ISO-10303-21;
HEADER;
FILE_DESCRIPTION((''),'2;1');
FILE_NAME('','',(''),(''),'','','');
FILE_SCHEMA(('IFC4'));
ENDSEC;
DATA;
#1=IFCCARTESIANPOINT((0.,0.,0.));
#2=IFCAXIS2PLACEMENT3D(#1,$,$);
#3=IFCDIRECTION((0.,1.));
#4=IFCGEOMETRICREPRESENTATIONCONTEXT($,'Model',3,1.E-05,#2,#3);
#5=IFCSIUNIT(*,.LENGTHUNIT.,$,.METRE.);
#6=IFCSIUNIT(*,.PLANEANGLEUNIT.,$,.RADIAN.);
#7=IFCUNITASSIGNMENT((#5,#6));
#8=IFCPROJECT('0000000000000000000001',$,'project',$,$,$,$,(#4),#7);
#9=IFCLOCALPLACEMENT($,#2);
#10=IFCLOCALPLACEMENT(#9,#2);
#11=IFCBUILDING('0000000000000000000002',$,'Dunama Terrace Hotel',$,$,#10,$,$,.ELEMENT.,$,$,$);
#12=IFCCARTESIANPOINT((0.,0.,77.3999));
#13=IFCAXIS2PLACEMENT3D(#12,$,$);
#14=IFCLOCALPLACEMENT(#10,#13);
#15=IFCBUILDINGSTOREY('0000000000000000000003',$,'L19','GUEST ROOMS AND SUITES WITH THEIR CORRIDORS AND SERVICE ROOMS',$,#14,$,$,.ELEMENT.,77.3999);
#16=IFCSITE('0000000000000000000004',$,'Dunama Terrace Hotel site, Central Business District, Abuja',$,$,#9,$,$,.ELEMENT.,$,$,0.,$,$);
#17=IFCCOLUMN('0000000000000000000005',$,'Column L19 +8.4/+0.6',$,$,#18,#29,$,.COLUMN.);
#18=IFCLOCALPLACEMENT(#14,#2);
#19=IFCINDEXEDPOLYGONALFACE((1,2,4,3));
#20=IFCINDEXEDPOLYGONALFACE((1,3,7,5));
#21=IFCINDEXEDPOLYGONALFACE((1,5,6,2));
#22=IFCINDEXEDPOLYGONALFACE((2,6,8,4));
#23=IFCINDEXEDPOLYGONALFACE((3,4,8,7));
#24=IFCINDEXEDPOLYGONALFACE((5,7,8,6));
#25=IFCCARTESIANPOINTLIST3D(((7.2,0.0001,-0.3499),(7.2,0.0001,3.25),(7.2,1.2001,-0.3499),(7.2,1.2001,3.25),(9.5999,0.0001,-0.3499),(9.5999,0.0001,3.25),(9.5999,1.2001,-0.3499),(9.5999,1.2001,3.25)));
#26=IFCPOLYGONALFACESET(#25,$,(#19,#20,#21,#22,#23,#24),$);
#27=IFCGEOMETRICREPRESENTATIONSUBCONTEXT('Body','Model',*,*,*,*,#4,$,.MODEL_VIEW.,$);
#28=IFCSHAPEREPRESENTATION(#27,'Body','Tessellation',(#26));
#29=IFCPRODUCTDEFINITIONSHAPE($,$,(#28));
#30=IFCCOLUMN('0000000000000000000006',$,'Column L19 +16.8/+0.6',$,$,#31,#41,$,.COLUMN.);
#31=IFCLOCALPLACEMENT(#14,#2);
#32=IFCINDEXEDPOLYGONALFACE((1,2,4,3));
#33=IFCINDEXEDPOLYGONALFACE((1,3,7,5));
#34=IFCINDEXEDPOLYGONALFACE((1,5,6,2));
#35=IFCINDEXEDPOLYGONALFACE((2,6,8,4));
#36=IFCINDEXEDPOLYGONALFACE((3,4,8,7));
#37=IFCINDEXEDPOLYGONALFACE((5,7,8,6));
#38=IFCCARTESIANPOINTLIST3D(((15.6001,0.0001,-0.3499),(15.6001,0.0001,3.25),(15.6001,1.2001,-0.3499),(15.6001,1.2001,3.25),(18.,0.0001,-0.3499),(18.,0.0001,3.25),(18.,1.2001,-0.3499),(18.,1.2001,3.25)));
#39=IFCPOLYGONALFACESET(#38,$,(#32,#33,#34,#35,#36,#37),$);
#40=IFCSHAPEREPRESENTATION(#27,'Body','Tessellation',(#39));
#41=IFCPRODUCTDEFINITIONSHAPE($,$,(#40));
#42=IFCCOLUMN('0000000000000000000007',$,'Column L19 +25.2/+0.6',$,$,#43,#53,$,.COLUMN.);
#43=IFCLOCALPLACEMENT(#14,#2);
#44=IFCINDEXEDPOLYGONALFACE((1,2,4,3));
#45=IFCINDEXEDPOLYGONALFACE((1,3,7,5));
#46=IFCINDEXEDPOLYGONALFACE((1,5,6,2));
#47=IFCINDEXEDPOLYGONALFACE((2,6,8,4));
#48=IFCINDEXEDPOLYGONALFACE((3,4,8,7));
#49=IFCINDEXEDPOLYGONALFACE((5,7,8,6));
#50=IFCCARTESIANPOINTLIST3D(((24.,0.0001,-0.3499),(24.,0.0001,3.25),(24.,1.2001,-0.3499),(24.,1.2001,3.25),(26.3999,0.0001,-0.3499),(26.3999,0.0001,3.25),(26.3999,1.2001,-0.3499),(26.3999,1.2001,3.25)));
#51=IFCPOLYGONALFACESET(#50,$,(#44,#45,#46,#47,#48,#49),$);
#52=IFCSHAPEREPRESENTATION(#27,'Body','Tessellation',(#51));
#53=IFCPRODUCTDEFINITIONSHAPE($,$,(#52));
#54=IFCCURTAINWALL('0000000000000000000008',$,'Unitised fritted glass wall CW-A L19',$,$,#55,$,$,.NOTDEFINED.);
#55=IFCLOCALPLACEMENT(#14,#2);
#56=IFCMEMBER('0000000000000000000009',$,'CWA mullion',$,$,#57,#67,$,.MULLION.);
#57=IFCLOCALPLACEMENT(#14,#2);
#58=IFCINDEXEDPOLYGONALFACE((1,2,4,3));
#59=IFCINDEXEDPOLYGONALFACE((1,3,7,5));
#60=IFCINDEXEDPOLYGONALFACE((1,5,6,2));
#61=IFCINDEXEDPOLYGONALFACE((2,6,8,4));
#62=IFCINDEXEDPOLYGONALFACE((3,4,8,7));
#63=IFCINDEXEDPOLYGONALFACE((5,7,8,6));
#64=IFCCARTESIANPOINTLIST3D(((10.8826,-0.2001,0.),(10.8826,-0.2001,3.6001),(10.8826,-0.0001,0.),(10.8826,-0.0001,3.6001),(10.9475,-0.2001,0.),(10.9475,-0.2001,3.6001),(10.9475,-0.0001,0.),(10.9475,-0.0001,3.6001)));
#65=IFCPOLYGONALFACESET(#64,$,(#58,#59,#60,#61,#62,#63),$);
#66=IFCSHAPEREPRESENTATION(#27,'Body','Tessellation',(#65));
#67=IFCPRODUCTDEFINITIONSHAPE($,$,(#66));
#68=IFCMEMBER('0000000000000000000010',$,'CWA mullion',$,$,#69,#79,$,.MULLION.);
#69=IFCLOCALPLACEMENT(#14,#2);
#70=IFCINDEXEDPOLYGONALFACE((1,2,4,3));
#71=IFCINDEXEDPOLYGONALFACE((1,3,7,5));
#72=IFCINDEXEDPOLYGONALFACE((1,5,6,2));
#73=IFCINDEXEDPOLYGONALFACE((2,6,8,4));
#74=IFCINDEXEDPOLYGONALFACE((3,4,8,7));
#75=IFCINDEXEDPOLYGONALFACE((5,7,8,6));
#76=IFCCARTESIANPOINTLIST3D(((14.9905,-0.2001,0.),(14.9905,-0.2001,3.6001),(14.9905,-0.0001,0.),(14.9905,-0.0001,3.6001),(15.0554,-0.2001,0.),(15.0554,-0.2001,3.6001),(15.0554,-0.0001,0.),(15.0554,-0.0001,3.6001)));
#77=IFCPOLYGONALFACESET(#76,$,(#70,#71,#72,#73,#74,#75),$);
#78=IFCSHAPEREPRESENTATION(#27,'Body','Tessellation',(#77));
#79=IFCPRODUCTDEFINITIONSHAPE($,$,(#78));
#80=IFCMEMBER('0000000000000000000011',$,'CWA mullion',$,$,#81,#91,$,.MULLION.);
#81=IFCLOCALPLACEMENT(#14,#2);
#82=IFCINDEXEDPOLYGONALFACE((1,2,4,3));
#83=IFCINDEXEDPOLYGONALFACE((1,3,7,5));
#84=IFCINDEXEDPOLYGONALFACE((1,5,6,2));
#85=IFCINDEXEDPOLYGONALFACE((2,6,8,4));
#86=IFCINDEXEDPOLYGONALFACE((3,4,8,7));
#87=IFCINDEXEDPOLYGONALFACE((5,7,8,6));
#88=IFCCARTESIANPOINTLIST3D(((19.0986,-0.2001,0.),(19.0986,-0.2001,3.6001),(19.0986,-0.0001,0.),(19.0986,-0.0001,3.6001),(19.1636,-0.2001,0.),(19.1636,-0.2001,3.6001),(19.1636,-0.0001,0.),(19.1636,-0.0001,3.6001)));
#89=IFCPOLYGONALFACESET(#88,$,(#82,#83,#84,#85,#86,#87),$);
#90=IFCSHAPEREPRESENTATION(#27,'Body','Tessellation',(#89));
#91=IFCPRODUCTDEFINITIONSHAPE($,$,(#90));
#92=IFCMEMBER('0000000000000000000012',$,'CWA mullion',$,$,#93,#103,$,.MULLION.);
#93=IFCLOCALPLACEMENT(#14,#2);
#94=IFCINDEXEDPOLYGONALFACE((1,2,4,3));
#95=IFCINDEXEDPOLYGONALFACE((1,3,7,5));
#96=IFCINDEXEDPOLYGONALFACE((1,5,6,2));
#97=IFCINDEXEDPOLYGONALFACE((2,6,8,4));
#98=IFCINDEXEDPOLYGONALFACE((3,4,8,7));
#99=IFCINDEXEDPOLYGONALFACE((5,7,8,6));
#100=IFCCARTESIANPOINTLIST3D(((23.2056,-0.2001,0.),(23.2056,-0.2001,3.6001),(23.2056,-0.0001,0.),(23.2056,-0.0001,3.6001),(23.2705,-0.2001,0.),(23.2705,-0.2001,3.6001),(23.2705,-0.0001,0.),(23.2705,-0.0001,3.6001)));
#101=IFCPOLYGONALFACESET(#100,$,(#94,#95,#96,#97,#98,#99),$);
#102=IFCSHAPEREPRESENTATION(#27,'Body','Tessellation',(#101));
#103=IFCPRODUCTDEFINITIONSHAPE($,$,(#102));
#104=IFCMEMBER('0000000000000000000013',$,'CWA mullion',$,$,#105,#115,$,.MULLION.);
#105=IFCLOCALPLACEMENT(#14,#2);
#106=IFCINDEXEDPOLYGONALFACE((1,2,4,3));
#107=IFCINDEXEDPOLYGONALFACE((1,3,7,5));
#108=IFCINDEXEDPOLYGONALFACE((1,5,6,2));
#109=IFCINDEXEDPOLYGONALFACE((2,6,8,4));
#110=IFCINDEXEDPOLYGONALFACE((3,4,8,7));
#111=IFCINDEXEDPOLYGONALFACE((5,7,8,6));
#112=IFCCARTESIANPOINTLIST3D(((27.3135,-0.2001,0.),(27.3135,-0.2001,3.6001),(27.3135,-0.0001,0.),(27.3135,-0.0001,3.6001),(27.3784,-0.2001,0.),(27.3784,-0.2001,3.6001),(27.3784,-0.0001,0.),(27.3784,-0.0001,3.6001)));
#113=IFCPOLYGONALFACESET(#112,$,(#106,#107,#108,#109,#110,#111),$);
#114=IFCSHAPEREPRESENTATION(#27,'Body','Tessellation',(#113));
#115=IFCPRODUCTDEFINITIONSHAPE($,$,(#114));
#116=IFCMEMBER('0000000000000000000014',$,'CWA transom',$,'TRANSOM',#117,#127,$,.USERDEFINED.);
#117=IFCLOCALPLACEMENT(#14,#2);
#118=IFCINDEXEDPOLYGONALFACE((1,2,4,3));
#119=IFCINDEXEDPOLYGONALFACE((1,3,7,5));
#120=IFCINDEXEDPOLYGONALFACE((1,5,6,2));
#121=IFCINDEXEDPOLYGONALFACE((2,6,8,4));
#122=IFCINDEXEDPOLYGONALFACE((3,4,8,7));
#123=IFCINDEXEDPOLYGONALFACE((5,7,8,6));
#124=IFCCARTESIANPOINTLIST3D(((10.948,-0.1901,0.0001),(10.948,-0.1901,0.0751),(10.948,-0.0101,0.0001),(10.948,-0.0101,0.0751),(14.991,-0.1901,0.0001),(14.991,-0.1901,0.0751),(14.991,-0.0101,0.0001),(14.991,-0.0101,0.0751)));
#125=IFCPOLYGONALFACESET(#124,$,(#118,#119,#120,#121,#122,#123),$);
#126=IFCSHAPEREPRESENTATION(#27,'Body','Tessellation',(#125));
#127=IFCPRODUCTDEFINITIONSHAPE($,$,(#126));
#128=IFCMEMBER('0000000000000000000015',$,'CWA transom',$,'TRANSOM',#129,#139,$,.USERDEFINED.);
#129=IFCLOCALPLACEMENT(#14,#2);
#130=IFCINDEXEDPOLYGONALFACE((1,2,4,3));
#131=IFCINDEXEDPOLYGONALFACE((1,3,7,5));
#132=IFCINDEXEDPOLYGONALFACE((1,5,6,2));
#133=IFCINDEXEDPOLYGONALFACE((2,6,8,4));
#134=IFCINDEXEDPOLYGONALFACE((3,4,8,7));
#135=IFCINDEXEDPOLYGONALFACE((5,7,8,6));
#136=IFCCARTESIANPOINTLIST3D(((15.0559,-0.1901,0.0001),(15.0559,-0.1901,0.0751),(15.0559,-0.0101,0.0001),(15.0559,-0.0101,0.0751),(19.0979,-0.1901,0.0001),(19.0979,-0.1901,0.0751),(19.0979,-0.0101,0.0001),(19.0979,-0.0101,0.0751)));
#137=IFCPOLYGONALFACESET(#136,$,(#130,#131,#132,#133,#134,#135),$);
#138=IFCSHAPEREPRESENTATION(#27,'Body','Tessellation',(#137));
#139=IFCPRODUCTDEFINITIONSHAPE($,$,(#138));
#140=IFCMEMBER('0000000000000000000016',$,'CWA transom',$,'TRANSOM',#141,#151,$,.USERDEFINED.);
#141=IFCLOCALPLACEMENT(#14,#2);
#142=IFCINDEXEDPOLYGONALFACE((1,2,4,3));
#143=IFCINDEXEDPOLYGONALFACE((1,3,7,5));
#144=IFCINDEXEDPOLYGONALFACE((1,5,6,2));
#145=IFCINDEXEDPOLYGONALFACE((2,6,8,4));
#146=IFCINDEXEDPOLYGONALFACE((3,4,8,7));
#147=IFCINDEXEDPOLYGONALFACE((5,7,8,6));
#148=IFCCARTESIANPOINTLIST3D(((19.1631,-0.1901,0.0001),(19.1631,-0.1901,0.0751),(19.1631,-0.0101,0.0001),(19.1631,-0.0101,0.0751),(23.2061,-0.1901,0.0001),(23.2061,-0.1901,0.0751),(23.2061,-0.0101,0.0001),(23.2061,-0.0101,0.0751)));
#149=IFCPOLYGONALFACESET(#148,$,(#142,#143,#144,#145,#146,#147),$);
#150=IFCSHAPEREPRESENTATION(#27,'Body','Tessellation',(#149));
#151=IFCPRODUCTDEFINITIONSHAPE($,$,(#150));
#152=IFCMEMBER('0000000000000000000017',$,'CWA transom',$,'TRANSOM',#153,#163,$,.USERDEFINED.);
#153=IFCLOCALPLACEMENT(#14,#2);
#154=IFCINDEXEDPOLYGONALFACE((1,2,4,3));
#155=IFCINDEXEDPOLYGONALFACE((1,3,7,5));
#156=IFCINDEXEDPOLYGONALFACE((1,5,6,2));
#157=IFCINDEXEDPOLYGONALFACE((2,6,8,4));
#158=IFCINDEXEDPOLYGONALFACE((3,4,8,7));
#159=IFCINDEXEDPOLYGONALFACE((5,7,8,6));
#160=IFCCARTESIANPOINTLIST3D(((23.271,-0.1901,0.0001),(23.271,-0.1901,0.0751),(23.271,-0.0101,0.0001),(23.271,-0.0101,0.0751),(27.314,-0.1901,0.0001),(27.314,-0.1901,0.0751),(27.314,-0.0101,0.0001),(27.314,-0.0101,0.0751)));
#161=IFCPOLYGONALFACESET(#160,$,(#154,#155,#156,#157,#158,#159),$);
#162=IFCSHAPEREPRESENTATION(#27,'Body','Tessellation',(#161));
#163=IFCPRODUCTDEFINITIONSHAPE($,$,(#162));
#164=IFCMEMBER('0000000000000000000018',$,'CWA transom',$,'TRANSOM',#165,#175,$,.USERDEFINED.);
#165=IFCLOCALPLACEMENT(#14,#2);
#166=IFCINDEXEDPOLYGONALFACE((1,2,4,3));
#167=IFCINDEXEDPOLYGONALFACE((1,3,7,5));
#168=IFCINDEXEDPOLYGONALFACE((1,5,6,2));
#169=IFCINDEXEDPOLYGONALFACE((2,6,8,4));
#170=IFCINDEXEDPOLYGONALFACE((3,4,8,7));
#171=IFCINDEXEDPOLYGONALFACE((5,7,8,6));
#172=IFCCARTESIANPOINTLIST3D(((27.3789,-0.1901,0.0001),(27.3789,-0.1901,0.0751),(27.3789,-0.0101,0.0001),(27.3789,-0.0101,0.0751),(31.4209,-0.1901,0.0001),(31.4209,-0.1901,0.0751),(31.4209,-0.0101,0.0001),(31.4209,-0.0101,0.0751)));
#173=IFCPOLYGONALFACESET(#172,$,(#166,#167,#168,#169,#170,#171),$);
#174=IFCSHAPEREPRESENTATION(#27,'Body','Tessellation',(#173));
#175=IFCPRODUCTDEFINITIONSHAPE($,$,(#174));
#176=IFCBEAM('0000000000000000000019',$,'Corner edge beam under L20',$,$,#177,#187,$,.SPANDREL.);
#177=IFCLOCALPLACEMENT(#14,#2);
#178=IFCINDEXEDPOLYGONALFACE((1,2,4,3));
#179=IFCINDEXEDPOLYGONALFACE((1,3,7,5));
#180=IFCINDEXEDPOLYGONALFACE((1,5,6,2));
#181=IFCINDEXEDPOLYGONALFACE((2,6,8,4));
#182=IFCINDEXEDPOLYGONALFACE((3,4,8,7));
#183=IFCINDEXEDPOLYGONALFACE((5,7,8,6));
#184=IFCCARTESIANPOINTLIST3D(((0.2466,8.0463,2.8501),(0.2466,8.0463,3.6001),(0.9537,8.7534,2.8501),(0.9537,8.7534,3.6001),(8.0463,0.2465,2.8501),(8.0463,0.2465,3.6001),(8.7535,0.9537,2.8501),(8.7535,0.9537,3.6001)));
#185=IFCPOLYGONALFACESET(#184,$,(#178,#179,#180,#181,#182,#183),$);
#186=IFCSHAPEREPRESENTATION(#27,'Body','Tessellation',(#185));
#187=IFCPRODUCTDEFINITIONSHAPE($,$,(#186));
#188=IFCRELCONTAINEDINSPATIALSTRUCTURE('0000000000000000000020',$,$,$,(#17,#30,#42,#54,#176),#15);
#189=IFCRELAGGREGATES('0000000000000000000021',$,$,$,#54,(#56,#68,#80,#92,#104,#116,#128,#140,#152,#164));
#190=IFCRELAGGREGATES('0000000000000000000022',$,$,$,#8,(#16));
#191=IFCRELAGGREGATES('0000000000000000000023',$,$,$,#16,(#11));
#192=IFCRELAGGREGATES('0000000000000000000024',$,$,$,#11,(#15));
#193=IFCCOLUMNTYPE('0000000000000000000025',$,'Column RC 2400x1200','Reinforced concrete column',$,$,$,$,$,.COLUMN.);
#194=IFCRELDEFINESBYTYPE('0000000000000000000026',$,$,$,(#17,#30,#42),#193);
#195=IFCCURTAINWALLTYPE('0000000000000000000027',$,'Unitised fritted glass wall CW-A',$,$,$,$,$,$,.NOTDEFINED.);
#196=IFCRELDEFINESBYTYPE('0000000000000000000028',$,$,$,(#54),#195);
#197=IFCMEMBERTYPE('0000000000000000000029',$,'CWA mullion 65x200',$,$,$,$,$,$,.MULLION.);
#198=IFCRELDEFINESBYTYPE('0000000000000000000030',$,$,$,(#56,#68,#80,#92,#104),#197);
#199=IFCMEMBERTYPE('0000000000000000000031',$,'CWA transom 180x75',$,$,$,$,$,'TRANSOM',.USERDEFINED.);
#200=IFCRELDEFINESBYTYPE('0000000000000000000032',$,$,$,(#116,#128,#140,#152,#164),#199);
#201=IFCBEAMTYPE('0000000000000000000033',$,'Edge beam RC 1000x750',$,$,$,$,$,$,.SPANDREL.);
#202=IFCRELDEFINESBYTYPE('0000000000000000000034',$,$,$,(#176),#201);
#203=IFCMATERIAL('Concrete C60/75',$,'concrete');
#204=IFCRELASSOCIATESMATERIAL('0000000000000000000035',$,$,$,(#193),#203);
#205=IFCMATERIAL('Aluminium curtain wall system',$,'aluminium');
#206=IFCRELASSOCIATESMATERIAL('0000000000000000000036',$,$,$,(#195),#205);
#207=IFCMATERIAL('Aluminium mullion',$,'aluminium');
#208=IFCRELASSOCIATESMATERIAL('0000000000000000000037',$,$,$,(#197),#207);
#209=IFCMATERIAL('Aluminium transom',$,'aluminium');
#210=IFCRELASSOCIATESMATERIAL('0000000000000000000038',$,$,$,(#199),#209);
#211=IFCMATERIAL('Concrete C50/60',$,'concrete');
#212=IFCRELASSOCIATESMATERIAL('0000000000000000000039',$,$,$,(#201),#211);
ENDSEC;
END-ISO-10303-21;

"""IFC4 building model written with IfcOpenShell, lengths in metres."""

from ifc_helpers import new_model, si_unit, direction, frame, origin, origin_2d, place, context, subcontext, project, spatial, rectangle, extrude, material, material_profile, profile_set, type_object, element, aggregate, save


model = new_model("IFC4")

# Units and contexts
model_context = context("Model", 3, precision=1e-05, world=origin(), true_north=direction((0.0, 1.0)))
body_context = subcontext(model_context, "Body", "Model", "MODEL_VIEW")
ifc_project = project(units=[si_unit("LENGTHUNIT", "METRE"), si_unit("PLANEANGLEUNIT", "RADIAN")], contexts=[model_context])

# Site, building, storey
site_placement = place(None, origin())
site = spatial("IfcSite", under=ifc_project, at=site_placement, Name="Dunama Terrace Hotel site, Central Business District, Abuja", CompositionType="ELEMENT", RefElevation=0.0)
building_placement = place(site_placement, origin())
building = spatial("IfcBuilding", under=site, at=building_placement, Name="Dunama Terrace Hotel", CompositionType="ELEMENT")
storey_placement = place(building_placement, frame((0.0, 0.0, 77.3999)))
storey = spatial("IfcBuildingStorey", under=building, at=storey_placement, Name="L19", Description="GUEST ROOMS AND SUITES WITH THEIR CORRIDORS AND SERVICE ROOMS", CompositionType="ELEMENT", Elevation=77.3999)

# Columns
ifc_material_1 = material(Name="Concrete C60/75", Category="concrete")
ifc_material_profile_1 = material_profile(ifc_material_1, rectangle(XDim=2.3999, YDim=1.2, at=origin_2d()), Name="RC 2400x1200")
ifc_profile_set_1 = profile_set([ifc_material_profile_1], Name="Concrete C60/75")
column_type = type_object("IfcColumnType", Name="Column RC 2400x1200", Description="Reinforced concrete column", PredefinedType="COLUMN", material=ifc_profile_set_1)
for number, where, z_axis, x_axis, name in (
    (1, (8.3999, 0.6001, -0.3499), (0.0, 0.0, 1.0), (1.0, 0.0, 0.0), "Column L19 +8.4/+0.6"),
    (2, (16.8, 0.6001, -0.3499), (0.0, 0.0, 1.0), (1.0, 0.0, 0.0), "Column L19 +16.8/+0.6"),
    (3, (25.2, 0.6001, -0.3499), (0.0, 0.0, 1.0), (1.0, 0.0, 0.0), "Column L19 +25.2/+0.6"),
):
    element("IfcColumn", number, at=place(storey_placement, frame(where, z_axis=z_axis, x_axis=x_axis)), inside=storey, type_object=column_type, Name=name, PredefinedType="COLUMN", context=body_context, shape_type="SweptSolid", body=[
        extrude(rectangle(XDim=2.3999, YDim=1.2, at=origin_2d()), origin(), (0.0, 0.0, 1.0), 3.5999),
    ])

# Curtain wall, members
ifc_material_2 = material(Name="Aluminium curtain wall system", Category="aluminium")
curtain_wall_type = type_object("IfcCurtainWallType", Name="Unitised fritted glass wall CW-A", PredefinedType="NOTDEFINED", material=ifc_material_2)
curtain_wall_placement = place(storey_placement, origin())
curtain_wall = element("IfcCurtainWall", 4, at=curtain_wall_placement, inside=storey, type_object=curtain_wall_type, Name="Unitised fritted glass wall CW-A L19", PredefinedType="NOTDEFINED")
ifc_material_3 = material(Name="Aluminium mullion", Category="aluminium")
ifc_material_profile_2 = material_profile(ifc_material_3, rectangle(XDim=0.0649, YDim=0.2, at=origin_2d()), Name="CWA MULLION 65X200")
ifc_profile_set_2 = profile_set([ifc_material_profile_2], Name="Aluminium mullion")
member_type_1 = type_object("IfcMemberType", Name="CWA mullion 65x200", PredefinedType="MULLION", material=ifc_profile_set_2)
member_1_placement = place(storey_placement, frame((10.915, -0.1001, 0.0), z_axis=(0.0, 0.0, 1.0), x_axis=(1.0, 0.0, 0.0)))
member_1 = element("IfcMember", 5, at=member_1_placement, type_object=member_type_1, Name="CWA mullion", PredefinedType="MULLION", context=body_context, shape_type="SweptSolid", body=[
    extrude(rectangle(XDim=0.0649, YDim=0.2, at=origin_2d()), origin(), (0.0, 0.0, 1.0), 3.6001),
])
member_2_placement = place(storey_placement, frame((15.0229, -0.1001, 0.0), z_axis=(0.0, 0.0, 1.0), x_axis=(1.0, 0.0, 0.0)))
member_2 = element("IfcMember", 6, at=member_2_placement, type_object=member_type_1, Name="CWA mullion", PredefinedType="MULLION", context=body_context, shape_type="SweptSolid", body=[
    extrude(rectangle(XDim=0.0649, YDim=0.2, at=origin_2d()), origin(), (0.0, 0.0, 1.0), 3.6001),
])
member_3_placement = place(storey_placement, frame((19.1311, -0.1001, 0.0), z_axis=(0.0, 0.0, 1.0), x_axis=(1.0, 0.0, 0.0)))
member_3 = element("IfcMember", 7, at=member_3_placement, type_object=member_type_1, Name="CWA mullion", PredefinedType="MULLION", context=body_context, shape_type="SweptSolid", body=[
    extrude(rectangle(XDim=0.0649, YDim=0.2, at=origin_2d()), origin(), (0.0, 0.0, 1.0), 3.6001),
])
member_4_placement = place(storey_placement, frame((23.238, -0.1001, 0.0), z_axis=(0.0, 0.0, 1.0), x_axis=(1.0, 0.0, 0.0)))
member_4 = element("IfcMember", 8, at=member_4_placement, type_object=member_type_1, Name="CWA mullion", PredefinedType="MULLION", context=body_context, shape_type="SweptSolid", body=[
    extrude(rectangle(XDim=0.0649, YDim=0.2, at=origin_2d()), origin(), (0.0, 0.0, 1.0), 3.6001),
])
member_5_placement = place(storey_placement, frame((27.3459, -0.1001, 0.0), z_axis=(0.0, 0.0, 1.0), x_axis=(1.0, 0.0, 0.0)))
member_5 = element("IfcMember", 9, at=member_5_placement, type_object=member_type_1, Name="CWA mullion", PredefinedType="MULLION", context=body_context, shape_type="SweptSolid", body=[
    extrude(rectangle(XDim=0.0649, YDim=0.2, at=origin_2d()), origin(), (0.0, 0.0, 1.0), 3.6001),
])
ifc_material_4 = material(Name="Aluminium transom", Category="aluminium")
ifc_material_profile_3 = material_profile(ifc_material_4, rectangle(XDim=0.1799, YDim=0.075, at=origin_2d()), Name="CWA TRANSOM 180X75")
ifc_profile_set_3 = profile_set([ifc_material_profile_3], Name="Aluminium transom")
member_type_2 = type_object("IfcMemberType", Name="CWA transom 180x75", ElementType="TRANSOM", PredefinedType="USERDEFINED", material=ifc_profile_set_3)
member_6_placement = place(storey_placement, frame((10.948, -0.1001, 0.0376), z_axis=(1.0, 0.0, 0.0), x_axis=(0.0, 1.0, 0.0)))
member_6 = element("IfcMember", 10, at=member_6_placement, type_object=member_type_2, Name="CWA transom", ObjectType="TRANSOM", PredefinedType="USERDEFINED", context=body_context, shape_type="SweptSolid", body=[
    extrude(rectangle(XDim=0.1799, YDim=0.075, at=origin_2d()), origin(), (0.0, 0.0, 1.0), 4.043),
])
member_7_placement = place(storey_placement, frame((15.0559, -0.1001, 0.0376), z_axis=(1.0, 0.0, 0.0), x_axis=(0.0, 1.0, 0.0)))
member_7 = element("IfcMember", 11, at=member_7_placement, type_object=member_type_2, Name="CWA transom", ObjectType="TRANSOM", PredefinedType="USERDEFINED", context=body_context, shape_type="SweptSolid", body=[
    extrude(rectangle(XDim=0.1799, YDim=0.075, at=origin_2d()), origin(), (0.0, 0.0, 1.0), 4.042),
])
member_8_placement = place(storey_placement, frame((19.1631, -0.1001, 0.0376), z_axis=(1.0, 0.0, 0.0), x_axis=(0.0, 1.0, 0.0)))
member_8 = element("IfcMember", 12, at=member_8_placement, type_object=member_type_2, Name="CWA transom", ObjectType="TRANSOM", PredefinedType="USERDEFINED", context=body_context, shape_type="SweptSolid", body=[
    extrude(rectangle(XDim=0.1799, YDim=0.075, at=origin_2d()), origin(), (0.0, 0.0, 1.0), 4.043),
])
member_9_placement = place(storey_placement, frame((23.271, -0.1001, 0.0376), z_axis=(1.0, 0.0, 0.0), x_axis=(0.0, 1.0, 0.0)))
member_9 = element("IfcMember", 13, at=member_9_placement, type_object=member_type_2, Name="CWA transom", ObjectType="TRANSOM", PredefinedType="USERDEFINED", context=body_context, shape_type="SweptSolid", body=[
    extrude(rectangle(XDim=0.1799, YDim=0.075, at=origin_2d()), origin(), (0.0, 0.0, 1.0), 4.043),
])
member_10_placement = place(storey_placement, frame((27.3789, -0.1001, 0.0376), z_axis=(1.0, 0.0, 0.0), x_axis=(0.0, 1.0, 0.0)))
member_10 = element("IfcMember", 14, at=member_10_placement, type_object=member_type_2, Name="CWA transom", ObjectType="TRANSOM", PredefinedType="USERDEFINED", context=body_context, shape_type="SweptSolid", body=[
    extrude(rectangle(XDim=0.1799, YDim=0.075, at=origin_2d()), origin(), (0.0, 0.0, 1.0), 4.042),
])

# Beam
ifc_material_5 = material(Name="Concrete C50/60", Category="concrete")
ifc_material_profile_4 = material_profile(ifc_material_5, rectangle(XDim=1.0, YDim=0.75, at=origin_2d()), Name="RC 1000x750")
ifc_profile_set_4 = profile_set([ifc_material_profile_4], Name="Concrete C50/60")
beam_type_1 = type_object("IfcBeamType", Name="Edge beam RC 1000x750", PredefinedType="SPANDREL", material=ifc_profile_set_4)
beam_1_placement = place(storey_placement, frame((8.3999, 0.6001, 3.2251), z_axis=(-0.707107, 0.707107, 0.0), x_axis=(-0.707107, -0.707107, 0.0)))
element("IfcBeam", 15, at=beam_1_placement, inside=storey, type_object=beam_type_1, Name="Corner edge beam under L20", PredefinedType="SPANDREL", context=body_context, shape_type="SweptSolid", body=[
    extrude(rectangle(XDim=1.0, YDim=0.75, at=origin_2d()), origin(), (0.0, 0.0, 1.0), 11.0305),
])

aggregate(curtain_wall, [member_1, member_2, member_3, member_4, member_5, member_6, member_7, member_8, member_9, member_10])

save(model, "model.ifc")
